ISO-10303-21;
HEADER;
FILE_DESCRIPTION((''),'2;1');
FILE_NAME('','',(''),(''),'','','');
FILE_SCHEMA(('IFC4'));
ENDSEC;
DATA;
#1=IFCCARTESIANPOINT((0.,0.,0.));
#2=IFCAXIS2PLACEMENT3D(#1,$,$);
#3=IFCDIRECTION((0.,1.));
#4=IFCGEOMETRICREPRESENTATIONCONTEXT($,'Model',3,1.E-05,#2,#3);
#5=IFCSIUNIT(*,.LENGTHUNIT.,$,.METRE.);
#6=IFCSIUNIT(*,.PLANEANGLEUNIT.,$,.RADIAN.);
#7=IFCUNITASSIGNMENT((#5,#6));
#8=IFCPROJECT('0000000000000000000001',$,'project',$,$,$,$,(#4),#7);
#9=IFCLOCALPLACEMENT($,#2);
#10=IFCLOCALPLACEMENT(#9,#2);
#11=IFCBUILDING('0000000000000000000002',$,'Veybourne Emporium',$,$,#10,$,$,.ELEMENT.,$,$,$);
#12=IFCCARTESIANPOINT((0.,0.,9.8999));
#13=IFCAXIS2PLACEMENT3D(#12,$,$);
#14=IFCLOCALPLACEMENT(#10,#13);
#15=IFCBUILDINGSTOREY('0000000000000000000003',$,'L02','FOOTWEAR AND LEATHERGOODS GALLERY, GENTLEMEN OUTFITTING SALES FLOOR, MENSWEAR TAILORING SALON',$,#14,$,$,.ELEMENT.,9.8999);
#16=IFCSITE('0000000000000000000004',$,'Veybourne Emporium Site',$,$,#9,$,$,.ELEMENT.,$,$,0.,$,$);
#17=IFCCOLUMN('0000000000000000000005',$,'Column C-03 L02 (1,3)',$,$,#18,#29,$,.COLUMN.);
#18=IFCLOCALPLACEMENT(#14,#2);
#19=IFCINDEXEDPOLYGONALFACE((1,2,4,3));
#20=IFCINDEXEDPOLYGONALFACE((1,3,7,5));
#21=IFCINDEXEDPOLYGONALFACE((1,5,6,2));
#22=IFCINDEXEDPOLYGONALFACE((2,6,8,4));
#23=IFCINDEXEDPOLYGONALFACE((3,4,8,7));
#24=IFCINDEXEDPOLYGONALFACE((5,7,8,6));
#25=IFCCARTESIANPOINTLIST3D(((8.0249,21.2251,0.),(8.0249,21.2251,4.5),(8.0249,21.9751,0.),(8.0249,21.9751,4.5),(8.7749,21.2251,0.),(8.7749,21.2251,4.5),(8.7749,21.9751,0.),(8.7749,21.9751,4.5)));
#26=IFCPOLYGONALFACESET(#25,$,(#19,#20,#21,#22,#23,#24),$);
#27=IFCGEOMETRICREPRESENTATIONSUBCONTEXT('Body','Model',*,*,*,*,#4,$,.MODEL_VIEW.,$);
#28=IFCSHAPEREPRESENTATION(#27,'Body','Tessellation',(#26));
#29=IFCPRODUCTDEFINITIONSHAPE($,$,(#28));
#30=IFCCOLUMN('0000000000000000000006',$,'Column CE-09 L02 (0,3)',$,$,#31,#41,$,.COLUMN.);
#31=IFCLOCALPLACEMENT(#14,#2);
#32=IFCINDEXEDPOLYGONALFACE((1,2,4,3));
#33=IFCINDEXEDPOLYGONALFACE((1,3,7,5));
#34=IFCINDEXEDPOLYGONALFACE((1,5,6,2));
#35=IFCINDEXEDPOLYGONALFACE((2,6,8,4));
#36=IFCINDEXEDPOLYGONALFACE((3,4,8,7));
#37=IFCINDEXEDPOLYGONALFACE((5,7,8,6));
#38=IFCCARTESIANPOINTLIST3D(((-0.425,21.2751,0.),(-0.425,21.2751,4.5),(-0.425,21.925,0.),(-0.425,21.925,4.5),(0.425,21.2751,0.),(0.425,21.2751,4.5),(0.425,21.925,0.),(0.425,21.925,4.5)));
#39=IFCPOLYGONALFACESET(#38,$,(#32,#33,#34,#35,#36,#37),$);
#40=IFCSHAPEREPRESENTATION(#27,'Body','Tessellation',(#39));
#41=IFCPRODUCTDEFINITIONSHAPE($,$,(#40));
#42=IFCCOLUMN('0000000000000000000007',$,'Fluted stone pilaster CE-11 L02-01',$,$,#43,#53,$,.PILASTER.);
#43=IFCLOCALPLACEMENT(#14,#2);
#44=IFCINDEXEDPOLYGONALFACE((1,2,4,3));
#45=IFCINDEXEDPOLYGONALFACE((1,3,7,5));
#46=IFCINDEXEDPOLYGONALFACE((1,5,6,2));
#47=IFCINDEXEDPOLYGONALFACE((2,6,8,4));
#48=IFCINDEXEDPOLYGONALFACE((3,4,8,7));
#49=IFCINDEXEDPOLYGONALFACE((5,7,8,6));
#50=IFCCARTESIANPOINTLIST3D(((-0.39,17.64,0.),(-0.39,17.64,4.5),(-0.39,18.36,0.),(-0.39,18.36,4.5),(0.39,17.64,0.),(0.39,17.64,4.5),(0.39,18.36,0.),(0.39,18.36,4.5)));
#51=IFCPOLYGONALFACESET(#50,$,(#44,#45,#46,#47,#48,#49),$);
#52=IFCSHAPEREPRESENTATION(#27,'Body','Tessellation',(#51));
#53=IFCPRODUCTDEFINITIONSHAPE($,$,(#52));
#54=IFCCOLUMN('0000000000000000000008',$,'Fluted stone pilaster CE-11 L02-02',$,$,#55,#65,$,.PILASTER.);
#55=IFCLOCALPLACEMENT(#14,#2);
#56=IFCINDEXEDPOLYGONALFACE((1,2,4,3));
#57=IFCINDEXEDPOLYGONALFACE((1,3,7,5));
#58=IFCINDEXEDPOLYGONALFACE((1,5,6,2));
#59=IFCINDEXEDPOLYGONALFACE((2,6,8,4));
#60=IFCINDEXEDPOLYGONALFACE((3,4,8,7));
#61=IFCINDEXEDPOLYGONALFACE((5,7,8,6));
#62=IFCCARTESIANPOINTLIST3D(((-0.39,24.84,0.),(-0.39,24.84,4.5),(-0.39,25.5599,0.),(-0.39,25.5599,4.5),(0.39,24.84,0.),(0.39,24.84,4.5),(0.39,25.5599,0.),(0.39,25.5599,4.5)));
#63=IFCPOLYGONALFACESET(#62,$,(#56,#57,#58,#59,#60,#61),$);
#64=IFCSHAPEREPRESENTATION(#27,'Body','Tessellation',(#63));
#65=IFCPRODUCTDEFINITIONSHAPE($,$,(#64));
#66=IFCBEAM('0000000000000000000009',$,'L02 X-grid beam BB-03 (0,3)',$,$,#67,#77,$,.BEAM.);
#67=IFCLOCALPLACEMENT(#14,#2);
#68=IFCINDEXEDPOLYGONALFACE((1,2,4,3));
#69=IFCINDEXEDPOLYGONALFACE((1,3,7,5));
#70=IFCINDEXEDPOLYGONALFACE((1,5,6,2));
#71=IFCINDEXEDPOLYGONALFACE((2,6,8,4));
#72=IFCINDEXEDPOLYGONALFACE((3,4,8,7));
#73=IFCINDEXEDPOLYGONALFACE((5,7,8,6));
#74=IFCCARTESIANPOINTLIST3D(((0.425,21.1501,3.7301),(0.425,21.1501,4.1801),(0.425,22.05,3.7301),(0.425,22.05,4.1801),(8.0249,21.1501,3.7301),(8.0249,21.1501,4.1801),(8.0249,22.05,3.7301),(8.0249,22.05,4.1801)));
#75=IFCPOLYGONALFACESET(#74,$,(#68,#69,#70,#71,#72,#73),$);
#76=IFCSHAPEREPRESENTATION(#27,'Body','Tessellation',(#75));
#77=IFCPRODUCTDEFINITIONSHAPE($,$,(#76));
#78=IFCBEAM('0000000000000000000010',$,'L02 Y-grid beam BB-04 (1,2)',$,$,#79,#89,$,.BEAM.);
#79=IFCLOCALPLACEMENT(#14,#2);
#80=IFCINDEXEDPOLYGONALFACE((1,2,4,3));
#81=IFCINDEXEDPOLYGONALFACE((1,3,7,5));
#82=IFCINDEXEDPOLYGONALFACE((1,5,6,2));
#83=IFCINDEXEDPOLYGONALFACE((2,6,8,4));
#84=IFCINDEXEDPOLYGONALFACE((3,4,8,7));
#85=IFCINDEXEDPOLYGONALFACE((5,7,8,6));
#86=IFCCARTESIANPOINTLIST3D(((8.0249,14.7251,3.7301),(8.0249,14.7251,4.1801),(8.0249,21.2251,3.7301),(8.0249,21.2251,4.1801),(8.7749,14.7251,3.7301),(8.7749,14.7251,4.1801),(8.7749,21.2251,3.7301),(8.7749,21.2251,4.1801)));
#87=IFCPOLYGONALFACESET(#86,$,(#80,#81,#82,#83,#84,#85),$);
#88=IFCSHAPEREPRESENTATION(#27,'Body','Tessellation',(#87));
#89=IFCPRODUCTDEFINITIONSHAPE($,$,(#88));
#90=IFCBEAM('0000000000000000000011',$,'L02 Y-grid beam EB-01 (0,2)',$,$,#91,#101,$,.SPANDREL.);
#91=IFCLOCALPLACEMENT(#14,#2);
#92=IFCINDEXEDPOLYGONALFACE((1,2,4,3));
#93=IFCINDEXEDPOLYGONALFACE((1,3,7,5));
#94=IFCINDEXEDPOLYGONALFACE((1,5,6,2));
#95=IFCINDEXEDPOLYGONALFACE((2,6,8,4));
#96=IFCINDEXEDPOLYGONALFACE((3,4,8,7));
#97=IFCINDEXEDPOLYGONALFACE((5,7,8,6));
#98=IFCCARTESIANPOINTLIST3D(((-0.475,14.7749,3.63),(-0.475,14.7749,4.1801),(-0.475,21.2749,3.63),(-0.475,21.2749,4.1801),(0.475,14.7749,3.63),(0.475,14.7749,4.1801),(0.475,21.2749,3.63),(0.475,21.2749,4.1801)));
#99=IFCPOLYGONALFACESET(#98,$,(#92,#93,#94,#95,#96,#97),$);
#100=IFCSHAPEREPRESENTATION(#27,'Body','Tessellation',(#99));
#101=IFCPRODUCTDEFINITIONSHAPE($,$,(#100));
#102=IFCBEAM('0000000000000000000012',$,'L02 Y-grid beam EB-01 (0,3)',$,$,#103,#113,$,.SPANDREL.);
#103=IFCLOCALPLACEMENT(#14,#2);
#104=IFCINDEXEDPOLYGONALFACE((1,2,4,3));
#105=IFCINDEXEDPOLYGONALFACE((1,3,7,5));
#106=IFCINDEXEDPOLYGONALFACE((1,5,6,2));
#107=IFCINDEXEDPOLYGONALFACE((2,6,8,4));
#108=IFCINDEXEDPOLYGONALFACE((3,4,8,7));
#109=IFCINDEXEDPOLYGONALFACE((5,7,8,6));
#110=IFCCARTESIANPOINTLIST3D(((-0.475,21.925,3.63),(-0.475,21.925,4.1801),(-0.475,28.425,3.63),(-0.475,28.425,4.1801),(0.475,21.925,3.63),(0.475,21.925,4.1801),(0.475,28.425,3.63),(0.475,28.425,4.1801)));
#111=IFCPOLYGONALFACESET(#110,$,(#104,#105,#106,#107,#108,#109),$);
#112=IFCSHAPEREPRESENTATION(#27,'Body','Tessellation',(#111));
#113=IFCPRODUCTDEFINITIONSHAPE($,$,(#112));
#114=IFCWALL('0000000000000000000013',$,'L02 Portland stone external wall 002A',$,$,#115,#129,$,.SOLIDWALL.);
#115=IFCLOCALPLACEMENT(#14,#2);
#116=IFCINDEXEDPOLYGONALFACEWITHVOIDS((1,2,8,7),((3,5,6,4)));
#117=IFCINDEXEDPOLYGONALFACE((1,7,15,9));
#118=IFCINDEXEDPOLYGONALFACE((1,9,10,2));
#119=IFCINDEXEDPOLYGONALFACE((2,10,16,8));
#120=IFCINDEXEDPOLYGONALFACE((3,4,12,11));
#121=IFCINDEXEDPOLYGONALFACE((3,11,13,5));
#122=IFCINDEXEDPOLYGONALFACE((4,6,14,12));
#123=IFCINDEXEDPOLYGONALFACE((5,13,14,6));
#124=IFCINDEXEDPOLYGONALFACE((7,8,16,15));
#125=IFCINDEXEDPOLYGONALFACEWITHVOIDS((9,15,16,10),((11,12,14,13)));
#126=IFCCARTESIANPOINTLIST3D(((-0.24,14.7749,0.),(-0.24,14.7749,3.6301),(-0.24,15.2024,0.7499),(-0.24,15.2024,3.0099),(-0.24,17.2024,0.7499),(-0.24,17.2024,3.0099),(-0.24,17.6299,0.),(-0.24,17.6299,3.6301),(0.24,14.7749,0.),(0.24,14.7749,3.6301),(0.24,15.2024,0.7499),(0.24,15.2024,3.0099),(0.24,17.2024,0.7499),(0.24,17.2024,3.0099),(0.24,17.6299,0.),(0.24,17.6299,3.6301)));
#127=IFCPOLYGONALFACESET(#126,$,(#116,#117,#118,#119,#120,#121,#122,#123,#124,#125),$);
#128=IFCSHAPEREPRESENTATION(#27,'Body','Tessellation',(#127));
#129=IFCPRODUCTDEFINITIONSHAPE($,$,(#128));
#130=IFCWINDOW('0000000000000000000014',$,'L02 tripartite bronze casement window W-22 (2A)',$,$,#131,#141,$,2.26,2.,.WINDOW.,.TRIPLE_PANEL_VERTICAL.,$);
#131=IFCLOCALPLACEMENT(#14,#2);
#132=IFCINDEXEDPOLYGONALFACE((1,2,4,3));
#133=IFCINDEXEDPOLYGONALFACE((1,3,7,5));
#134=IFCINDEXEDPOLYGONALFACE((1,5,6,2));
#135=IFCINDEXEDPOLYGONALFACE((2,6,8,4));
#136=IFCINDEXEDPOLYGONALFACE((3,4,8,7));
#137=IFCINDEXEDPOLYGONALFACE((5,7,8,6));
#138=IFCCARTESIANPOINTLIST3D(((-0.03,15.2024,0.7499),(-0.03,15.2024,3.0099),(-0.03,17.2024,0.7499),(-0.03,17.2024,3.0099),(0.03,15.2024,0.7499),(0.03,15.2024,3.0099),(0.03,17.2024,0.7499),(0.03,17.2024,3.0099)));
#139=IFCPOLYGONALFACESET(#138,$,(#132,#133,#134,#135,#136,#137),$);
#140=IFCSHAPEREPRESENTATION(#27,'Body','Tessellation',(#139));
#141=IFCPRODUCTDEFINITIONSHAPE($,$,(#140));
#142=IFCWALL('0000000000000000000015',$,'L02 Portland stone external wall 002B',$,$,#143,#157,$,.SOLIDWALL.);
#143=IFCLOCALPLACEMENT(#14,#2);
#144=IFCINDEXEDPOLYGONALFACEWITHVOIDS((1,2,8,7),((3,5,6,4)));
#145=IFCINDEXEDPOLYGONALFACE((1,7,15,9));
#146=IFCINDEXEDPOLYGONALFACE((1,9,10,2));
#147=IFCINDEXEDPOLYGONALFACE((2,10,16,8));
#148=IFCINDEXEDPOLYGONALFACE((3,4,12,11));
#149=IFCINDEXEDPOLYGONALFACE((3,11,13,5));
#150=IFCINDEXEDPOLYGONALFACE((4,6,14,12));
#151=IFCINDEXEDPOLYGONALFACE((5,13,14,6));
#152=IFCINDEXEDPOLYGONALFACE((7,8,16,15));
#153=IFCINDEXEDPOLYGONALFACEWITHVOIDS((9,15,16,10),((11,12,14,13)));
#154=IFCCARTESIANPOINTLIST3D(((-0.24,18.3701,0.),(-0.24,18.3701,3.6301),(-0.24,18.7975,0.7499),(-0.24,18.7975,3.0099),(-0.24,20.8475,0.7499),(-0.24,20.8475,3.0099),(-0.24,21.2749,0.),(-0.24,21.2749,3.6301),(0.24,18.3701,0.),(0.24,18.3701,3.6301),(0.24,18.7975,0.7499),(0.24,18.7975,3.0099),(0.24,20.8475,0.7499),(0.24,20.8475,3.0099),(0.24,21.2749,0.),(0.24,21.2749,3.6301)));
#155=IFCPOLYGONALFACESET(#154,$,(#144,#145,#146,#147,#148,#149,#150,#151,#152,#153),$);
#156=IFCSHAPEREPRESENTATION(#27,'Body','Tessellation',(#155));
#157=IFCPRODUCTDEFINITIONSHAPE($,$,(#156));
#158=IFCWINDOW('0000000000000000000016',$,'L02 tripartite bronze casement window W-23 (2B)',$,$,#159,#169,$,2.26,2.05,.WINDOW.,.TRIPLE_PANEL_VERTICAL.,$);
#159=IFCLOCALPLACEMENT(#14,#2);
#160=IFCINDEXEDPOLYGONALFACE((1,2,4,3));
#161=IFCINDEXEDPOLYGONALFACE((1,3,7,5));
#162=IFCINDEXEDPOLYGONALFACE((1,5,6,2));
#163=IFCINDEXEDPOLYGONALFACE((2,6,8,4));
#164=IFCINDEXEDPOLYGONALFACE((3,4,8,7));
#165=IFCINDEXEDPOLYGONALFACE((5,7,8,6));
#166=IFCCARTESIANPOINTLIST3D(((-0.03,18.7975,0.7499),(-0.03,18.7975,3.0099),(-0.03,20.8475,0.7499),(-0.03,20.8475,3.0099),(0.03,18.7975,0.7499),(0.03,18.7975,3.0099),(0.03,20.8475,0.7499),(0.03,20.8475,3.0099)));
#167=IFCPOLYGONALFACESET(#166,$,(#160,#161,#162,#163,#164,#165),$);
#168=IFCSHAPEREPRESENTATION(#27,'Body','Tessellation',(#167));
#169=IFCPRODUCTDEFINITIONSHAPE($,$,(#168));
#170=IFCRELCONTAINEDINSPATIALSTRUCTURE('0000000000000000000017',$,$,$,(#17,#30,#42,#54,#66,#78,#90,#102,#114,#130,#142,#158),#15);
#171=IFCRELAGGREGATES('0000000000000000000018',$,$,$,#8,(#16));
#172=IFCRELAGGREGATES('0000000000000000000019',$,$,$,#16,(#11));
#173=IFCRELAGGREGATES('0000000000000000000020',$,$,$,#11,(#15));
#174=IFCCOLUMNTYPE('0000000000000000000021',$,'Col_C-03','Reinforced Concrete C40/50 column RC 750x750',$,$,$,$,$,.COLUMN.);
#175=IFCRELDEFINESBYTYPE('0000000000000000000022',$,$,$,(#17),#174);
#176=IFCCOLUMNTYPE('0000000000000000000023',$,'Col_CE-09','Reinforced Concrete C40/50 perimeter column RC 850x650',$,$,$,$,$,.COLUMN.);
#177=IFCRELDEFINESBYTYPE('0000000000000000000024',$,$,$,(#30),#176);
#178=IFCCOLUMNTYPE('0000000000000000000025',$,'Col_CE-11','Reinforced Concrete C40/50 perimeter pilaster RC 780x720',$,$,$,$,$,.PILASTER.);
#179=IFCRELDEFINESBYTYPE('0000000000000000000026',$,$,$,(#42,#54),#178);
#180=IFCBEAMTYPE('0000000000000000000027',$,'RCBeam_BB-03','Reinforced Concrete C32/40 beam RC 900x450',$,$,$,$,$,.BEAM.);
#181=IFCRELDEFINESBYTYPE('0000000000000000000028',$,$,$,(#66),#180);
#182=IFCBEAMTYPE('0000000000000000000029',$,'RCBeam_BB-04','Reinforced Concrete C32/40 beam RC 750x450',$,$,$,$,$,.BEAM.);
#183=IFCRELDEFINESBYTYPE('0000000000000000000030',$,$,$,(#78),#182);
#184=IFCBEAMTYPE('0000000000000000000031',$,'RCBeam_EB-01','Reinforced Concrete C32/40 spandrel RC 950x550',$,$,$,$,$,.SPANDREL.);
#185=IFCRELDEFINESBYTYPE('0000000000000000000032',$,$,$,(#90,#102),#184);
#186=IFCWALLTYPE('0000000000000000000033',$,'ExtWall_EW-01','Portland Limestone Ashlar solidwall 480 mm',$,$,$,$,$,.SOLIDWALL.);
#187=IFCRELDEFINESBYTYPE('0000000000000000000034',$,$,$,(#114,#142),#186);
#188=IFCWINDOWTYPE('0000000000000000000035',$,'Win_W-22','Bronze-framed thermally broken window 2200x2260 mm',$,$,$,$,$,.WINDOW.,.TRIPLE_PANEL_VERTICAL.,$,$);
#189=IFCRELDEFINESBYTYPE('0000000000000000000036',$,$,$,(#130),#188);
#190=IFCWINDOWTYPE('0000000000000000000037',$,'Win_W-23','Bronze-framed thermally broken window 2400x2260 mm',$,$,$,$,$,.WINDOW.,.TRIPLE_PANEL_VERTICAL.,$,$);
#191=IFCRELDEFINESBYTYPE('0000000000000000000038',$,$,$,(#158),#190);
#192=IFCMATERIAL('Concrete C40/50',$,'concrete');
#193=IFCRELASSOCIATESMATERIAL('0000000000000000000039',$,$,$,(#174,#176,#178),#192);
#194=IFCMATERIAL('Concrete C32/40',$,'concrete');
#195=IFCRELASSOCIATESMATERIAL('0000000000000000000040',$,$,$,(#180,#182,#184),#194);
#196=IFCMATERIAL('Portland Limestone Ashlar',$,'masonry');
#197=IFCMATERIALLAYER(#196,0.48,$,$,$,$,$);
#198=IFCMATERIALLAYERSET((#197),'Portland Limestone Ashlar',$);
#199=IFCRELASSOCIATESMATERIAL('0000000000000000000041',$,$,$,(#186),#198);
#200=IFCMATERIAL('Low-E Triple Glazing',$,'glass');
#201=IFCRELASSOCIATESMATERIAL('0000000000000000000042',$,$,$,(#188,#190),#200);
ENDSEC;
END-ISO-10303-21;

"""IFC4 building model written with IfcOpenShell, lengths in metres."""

from ifc_helpers import new_model, si_unit, direction, frame, frame_2d, origin, origin_2d, place, context, subcontext, project, spatial, rectangle, extrude, material, layer, layer_set, material_profile, profile_set, type_object, element, fill, save


model = new_model("IFC4")

# Units and contexts
model_context = context("Model", 3, precision=1e-05, world=origin(), true_north=direction((0.0, 1.0)))
body_context = subcontext(model_context, "Body", "Model", "MODEL_VIEW")
ifc_project = project(units=[si_unit("LENGTHUNIT", "METRE"), si_unit("PLANEANGLEUNIT", "RADIAN")], contexts=[model_context])

# Site, building, storey
site_placement = place(None, origin())
site = spatial("IfcSite", under=ifc_project, at=site_placement, Name="Veybourne Emporium Site", CompositionType="ELEMENT", RefElevation=0.0)
building_placement = place(site_placement, origin())
building = spatial("IfcBuilding", under=site, at=building_placement, Name="Veybourne Emporium", CompositionType="ELEMENT")
storey_placement = place(building_placement, frame((0.0, 0.0, 9.8999)))
storey = spatial("IfcBuildingStorey", under=building, at=storey_placement, Name="L02", Description="FOOTWEAR AND LEATHERGOODS GALLERY, GENTLEMEN OUTFITTING SALES FLOOR, MENSWEAR TAILORING SALON", CompositionType="ELEMENT", Elevation=9.8999)

# Columns
ifc_material_1 = material(Name="Concrete C40/50", Category="concrete")
ifc_material_profile_1 = material_profile(ifc_material_1, rectangle(XDim=0.75, YDim=0.75, at=origin_2d()), Name="RC 750x750")
ifc_profile_set_1 = profile_set([ifc_material_profile_1], Name="Concrete C40/50")
column_type_1 = type_object("IfcColumnType", Name="Col_C-03", Description="Reinforced Concrete C40/50 column RC 750x750", PredefinedType="COLUMN", material=ifc_profile_set_1)
column_1_placement = place(storey_placement, frame((8.3999, 21.6001, 0.0), z_axis=(0.0, 0.0, 1.0), x_axis=(1.0, 0.0, 0.0)))
element("IfcColumn", 1, at=column_1_placement, inside=storey, type_object=column_type_1, Name="Column C-03 L02 (1,3)", PredefinedType="COLUMN", context=body_context, shape_type="SweptSolid", body=[
    extrude(rectangle(XDim=0.75, YDim=0.75, at=origin_2d()), origin(), (0.0, 0.0, 1.0), 4.5),
])
ifc_material_profile_2 = material_profile(ifc_material_1, rectangle(XDim=0.8501, YDim=0.6499, at=origin_2d()), Name="RC 850x650")
ifc_profile_set_2 = profile_set([ifc_material_profile_2], Name="Concrete C40/50")
column_type_2 = type_object("IfcColumnType", Name="Col_CE-09", Description="Reinforced Concrete C40/50 perimeter column RC 850x650", PredefinedType="COLUMN", material=ifc_profile_set_2)
column_2_placement = place(storey_placement, frame((0.0, 21.6001, 0.0), z_axis=(0.0, 0.0, 1.0), x_axis=(1.0, 0.0, 0.0)))
element("IfcColumn", 2, at=column_2_placement, inside=storey, type_object=column_type_2, Name="Column CE-09 L02 (0,3)", PredefinedType="COLUMN", context=body_context, shape_type="SweptSolid", body=[
    extrude(rectangle(XDim=0.8501, YDim=0.6499, at=origin_2d()), origin(), (0.0, 0.0, 1.0), 4.5),
])
ifc_material_profile_3 = material_profile(ifc_material_1, rectangle(XDim=0.78, YDim=0.72, at=origin_2d()), Name="RC 780x720")
ifc_profile_set_3 = profile_set([ifc_material_profile_3], Name="Concrete C40/50")
column_type_3 = type_object("IfcColumnType", Name="Col_CE-11", Description="Reinforced Concrete C40/50 perimeter pilaster RC 780x720", PredefinedType="PILASTER", material=ifc_profile_set_3)
for number, where, z_axis, x_axis, name in (
    (3, (0.0, 18.0, 0.0), (0.0, 0.0, 1.0), (1.0, 0.0, 0.0), "Fluted stone pilaster CE-11 L02-01"),
    (4, (0.0, 25.2, 0.0), (0.0, 0.0, 1.0), (1.0, 0.0, 0.0), "Fluted stone pilaster CE-11 L02-02"),
):
    element("IfcColumn", number, at=place(storey_placement, frame(where, z_axis=z_axis, x_axis=x_axis)), inside=storey, type_object=column_type_3, Name=name, PredefinedType="PILASTER", context=body_context, shape_type="SweptSolid", body=[
        extrude(rectangle(XDim=0.78, YDim=0.72, at=origin_2d()), origin(), (0.0, 0.0, 1.0), 4.5),
    ])

# Beams
ifc_material_2 = material(Name="Concrete C32/40", Category="concrete")
ifc_material_profile_4 = material_profile(ifc_material_2, rectangle(XDim=0.8999, YDim=0.45, at=origin_2d()), Name="RC 900x450")
ifc_profile_set_4 = profile_set([ifc_material_profile_4], Name="Concrete C32/40")
beam_type_1 = type_object("IfcBeamType", Name="RCBeam_BB-03", Description="Reinforced Concrete C32/40 beam RC 900x450", PredefinedType="BEAM", material=ifc_profile_set_4)
beam_1_placement = place(storey_placement, frame((0.425, 21.6001, 3.9551), z_axis=(1.0, 0.0, 0.0), x_axis=(0.0, 1.0, 0.0)))
element("IfcBeam", 5, at=beam_1_placement, inside=storey, type_object=beam_type_1, Name="L02 X-grid beam BB-03 (0,3)", PredefinedType="BEAM", context=body_context, shape_type="SweptSolid", body=[
    extrude(rectangle(XDim=0.8999, YDim=0.45, at=origin_2d()), origin(), (0.0, 0.0, 1.0), 7.5999),
])
ifc_material_profile_5 = material_profile(ifc_material_2, rectangle(XDim=0.75, YDim=0.45, at=origin_2d()), Name="RC 750x450")
ifc_profile_set_5 = profile_set([ifc_material_profile_5], Name="Concrete C32/40")
beam_type_2 = type_object("IfcBeamType", Name="RCBeam_BB-04", Description="Reinforced Concrete C32/40 beam RC 750x450", PredefinedType="BEAM", material=ifc_profile_set_5)
beam_2_placement = place(storey_placement, frame((8.3999, 14.7251, 3.9551), z_axis=(0.0, 1.0, 0.0), x_axis=(-1.0, 0.0, 0.0)))
element("IfcBeam", 6, at=beam_2_placement, inside=storey, type_object=beam_type_2, Name="L02 Y-grid beam BB-04 (1,2)", PredefinedType="BEAM", context=body_context, shape_type="SweptSolid", body=[
    extrude(rectangle(XDim=0.75, YDim=0.45, at=origin_2d()), origin(), (0.0, 0.0, 1.0), 6.5),
])
ifc_material_profile_6 = material_profile(ifc_material_2, rectangle(XDim=0.95, YDim=0.55, at=origin_2d()), Name="RC 950x550")
ifc_profile_set_6 = profile_set([ifc_material_profile_6], Name="Concrete C32/40")
beam_type_3 = type_object("IfcBeamType", Name="RCBeam_EB-01", Description="Reinforced Concrete C32/40 spandrel RC 950x550", PredefinedType="SPANDREL", material=ifc_profile_set_6)
for number, where, z_axis, x_axis, name in (
    (7, (0.0, 14.7749, 3.905), (0.0, 1.0, 0.0), (-1.0, 0.0, 0.0), "L02 Y-grid beam EB-01 (0,2)"),
    (8, (0.0, 21.925, 3.905), (0.0, 1.0, 0.0), (-1.0, 0.0, 0.0), "L02 Y-grid beam EB-01 (0,3)"),
):
    element("IfcBeam", number, at=place(storey_placement, frame(where, z_axis=z_axis, x_axis=x_axis)), inside=storey, type_object=beam_type_3, Name=name, PredefinedType="SPANDREL", context=body_context, shape_type="SweptSolid", body=[
        extrude(rectangle(XDim=0.95, YDim=0.55, at=origin_2d()), origin(), (0.0, 0.0, 1.0), 6.5),
    ])

# Walls, openings, windows
ifc_material_3 = material(Name="Portland Limestone Ashlar", Category="masonry")
ifc_layer_1 = layer(ifc_material_3, 0.48)
ifc_layer_set_1 = layer_set([ifc_layer_1], Name="Portland Limestone Ashlar")
wall_type_1 = type_object("IfcWallType", Name="ExtWall_EW-01", Description="Portland Limestone Ashlar solidwall 480 mm", PredefinedType="SOLIDWALL", material=ifc_layer_set_1)
wall_1_placement = place(storey_placement, frame((0.0, 14.7749, 0.0), z_axis=(0.0, 0.0, 1.0), x_axis=(0.0, 1.0, 0.0)))
wall_1 = element("IfcWall", 9, at=wall_1_placement, inside=storey, type_object=wall_type_1, Name="L02 Portland stone external wall 002A", PredefinedType="SOLIDWALL", context=body_context, shape_type="SweptSolid", body=[
    extrude(rectangle(XDim=2.855, YDim=0.48, at=frame_2d((1.4275, 0.0))), origin(), (0.0, 0.0, 1.0), 3.6301),
])
opening_1_placement = place(wall_1_placement, frame((0.4275, 0.0, 0.75)))
opening_1 = element("IfcOpeningElement", 10, at=opening_1_placement, cuts=wall_1, PredefinedType="OPENING", context=body_context, shape_type="SweptSolid", body=[
    extrude(rectangle(XDim=2.0, YDim=2.26, at=frame_2d((1.0, 1.1299))), frame((0.0, 0.26, 0.0), z_axis=(0.0, -1.0, 0.0), x_axis=(1.0, 0.0, 0.0)), (0.0, 0.0, 1.0), 0.52),
])
ifc_material_4 = material(Name="Low-E Triple Glazing", Category="glass")
window_type_1 = type_object("IfcWindowType", Name="Win_W-22", Description="Bronze-framed thermally broken window 2200x2260 mm", PartitioningType="TRIPLE_PANEL_VERTICAL", PredefinedType="WINDOW", material=ifc_material_4)
window_1_placement = place(opening_1_placement, origin())
window_1 = element("IfcWindow", 11, at=window_1_placement, inside=storey, type_object=window_type_1, Name="L02 tripartite bronze casement window W-22 (2A)", OverallHeight=2.26, OverallWidth=2.0, PartitioningType="TRIPLE_PANEL_VERTICAL", PredefinedType="WINDOW", context=body_context, shape_type="SweptSolid", body=[
    extrude(rectangle(XDim=2.0, YDim=2.26, at=frame_2d((1.0, 1.1299))), frame((0.0, 0.03, 0.0), z_axis=(0.0, -1.0, 0.0), x_axis=(1.0, 0.0, 0.0)), (0.0, 0.0, 1.0), 0.0601),
])
fill(opening_1, window_1)
wall_2_placement = place(storey_placement, frame((0.0, 18.3701, 0.0), z_axis=(0.0, 0.0, 1.0), x_axis=(0.0, 1.0, 0.0)))
wall_2 = element("IfcWall", 12, at=wall_2_placement, inside=storey, type_object=wall_type_1, Name="L02 Portland stone external wall 002B", PredefinedType="SOLIDWALL", context=body_context, shape_type="SweptSolid", body=[
    extrude(rectangle(XDim=2.9048, YDim=0.48, at=frame_2d((1.4524, 0.0))), origin(), (0.0, 0.0, 1.0), 3.6301),
])
opening_2_placement = place(wall_2_placement, frame((0.4275, 0.0, 0.75)))
opening_2 = element("IfcOpeningElement", 13, at=opening_2_placement, cuts=wall_2, PredefinedType="OPENING", context=body_context, shape_type="SweptSolid", body=[
    extrude(rectangle(XDim=2.05, YDim=2.26, at=frame_2d((1.0249, 1.1299))), frame((0.0, 0.26, 0.0), z_axis=(0.0, -1.0, 0.0), x_axis=(1.0, 0.0, 0.0)), (0.0, 0.0, 1.0), 0.52),
])
window_type_2 = type_object("IfcWindowType", Name="Win_W-23", Description="Bronze-framed thermally broken window 2400x2260 mm", PartitioningType="TRIPLE_PANEL_VERTICAL", PredefinedType="WINDOW", material=ifc_material_4)
window_2_placement = place(opening_2_placement, origin())
window_2 = element("IfcWindow", 14, at=window_2_placement, inside=storey, type_object=window_type_2, Name="L02 tripartite bronze casement window W-23 (2B)", OverallHeight=2.26, OverallWidth=2.05, PartitioningType="TRIPLE_PANEL_VERTICAL", PredefinedType="WINDOW", context=body_context, shape_type="SweptSolid", body=[
    extrude(rectangle(XDim=2.05, YDim=2.26, at=frame_2d((1.0249, 1.1299))), frame((0.0, 0.03, 0.0), z_axis=(0.0, -1.0, 0.0), x_axis=(1.0, 0.0, 0.0)), (0.0, 0.0, 1.0), 0.0601),
])
fill(opening_2, window_2)

save(model, "model.ifc")
